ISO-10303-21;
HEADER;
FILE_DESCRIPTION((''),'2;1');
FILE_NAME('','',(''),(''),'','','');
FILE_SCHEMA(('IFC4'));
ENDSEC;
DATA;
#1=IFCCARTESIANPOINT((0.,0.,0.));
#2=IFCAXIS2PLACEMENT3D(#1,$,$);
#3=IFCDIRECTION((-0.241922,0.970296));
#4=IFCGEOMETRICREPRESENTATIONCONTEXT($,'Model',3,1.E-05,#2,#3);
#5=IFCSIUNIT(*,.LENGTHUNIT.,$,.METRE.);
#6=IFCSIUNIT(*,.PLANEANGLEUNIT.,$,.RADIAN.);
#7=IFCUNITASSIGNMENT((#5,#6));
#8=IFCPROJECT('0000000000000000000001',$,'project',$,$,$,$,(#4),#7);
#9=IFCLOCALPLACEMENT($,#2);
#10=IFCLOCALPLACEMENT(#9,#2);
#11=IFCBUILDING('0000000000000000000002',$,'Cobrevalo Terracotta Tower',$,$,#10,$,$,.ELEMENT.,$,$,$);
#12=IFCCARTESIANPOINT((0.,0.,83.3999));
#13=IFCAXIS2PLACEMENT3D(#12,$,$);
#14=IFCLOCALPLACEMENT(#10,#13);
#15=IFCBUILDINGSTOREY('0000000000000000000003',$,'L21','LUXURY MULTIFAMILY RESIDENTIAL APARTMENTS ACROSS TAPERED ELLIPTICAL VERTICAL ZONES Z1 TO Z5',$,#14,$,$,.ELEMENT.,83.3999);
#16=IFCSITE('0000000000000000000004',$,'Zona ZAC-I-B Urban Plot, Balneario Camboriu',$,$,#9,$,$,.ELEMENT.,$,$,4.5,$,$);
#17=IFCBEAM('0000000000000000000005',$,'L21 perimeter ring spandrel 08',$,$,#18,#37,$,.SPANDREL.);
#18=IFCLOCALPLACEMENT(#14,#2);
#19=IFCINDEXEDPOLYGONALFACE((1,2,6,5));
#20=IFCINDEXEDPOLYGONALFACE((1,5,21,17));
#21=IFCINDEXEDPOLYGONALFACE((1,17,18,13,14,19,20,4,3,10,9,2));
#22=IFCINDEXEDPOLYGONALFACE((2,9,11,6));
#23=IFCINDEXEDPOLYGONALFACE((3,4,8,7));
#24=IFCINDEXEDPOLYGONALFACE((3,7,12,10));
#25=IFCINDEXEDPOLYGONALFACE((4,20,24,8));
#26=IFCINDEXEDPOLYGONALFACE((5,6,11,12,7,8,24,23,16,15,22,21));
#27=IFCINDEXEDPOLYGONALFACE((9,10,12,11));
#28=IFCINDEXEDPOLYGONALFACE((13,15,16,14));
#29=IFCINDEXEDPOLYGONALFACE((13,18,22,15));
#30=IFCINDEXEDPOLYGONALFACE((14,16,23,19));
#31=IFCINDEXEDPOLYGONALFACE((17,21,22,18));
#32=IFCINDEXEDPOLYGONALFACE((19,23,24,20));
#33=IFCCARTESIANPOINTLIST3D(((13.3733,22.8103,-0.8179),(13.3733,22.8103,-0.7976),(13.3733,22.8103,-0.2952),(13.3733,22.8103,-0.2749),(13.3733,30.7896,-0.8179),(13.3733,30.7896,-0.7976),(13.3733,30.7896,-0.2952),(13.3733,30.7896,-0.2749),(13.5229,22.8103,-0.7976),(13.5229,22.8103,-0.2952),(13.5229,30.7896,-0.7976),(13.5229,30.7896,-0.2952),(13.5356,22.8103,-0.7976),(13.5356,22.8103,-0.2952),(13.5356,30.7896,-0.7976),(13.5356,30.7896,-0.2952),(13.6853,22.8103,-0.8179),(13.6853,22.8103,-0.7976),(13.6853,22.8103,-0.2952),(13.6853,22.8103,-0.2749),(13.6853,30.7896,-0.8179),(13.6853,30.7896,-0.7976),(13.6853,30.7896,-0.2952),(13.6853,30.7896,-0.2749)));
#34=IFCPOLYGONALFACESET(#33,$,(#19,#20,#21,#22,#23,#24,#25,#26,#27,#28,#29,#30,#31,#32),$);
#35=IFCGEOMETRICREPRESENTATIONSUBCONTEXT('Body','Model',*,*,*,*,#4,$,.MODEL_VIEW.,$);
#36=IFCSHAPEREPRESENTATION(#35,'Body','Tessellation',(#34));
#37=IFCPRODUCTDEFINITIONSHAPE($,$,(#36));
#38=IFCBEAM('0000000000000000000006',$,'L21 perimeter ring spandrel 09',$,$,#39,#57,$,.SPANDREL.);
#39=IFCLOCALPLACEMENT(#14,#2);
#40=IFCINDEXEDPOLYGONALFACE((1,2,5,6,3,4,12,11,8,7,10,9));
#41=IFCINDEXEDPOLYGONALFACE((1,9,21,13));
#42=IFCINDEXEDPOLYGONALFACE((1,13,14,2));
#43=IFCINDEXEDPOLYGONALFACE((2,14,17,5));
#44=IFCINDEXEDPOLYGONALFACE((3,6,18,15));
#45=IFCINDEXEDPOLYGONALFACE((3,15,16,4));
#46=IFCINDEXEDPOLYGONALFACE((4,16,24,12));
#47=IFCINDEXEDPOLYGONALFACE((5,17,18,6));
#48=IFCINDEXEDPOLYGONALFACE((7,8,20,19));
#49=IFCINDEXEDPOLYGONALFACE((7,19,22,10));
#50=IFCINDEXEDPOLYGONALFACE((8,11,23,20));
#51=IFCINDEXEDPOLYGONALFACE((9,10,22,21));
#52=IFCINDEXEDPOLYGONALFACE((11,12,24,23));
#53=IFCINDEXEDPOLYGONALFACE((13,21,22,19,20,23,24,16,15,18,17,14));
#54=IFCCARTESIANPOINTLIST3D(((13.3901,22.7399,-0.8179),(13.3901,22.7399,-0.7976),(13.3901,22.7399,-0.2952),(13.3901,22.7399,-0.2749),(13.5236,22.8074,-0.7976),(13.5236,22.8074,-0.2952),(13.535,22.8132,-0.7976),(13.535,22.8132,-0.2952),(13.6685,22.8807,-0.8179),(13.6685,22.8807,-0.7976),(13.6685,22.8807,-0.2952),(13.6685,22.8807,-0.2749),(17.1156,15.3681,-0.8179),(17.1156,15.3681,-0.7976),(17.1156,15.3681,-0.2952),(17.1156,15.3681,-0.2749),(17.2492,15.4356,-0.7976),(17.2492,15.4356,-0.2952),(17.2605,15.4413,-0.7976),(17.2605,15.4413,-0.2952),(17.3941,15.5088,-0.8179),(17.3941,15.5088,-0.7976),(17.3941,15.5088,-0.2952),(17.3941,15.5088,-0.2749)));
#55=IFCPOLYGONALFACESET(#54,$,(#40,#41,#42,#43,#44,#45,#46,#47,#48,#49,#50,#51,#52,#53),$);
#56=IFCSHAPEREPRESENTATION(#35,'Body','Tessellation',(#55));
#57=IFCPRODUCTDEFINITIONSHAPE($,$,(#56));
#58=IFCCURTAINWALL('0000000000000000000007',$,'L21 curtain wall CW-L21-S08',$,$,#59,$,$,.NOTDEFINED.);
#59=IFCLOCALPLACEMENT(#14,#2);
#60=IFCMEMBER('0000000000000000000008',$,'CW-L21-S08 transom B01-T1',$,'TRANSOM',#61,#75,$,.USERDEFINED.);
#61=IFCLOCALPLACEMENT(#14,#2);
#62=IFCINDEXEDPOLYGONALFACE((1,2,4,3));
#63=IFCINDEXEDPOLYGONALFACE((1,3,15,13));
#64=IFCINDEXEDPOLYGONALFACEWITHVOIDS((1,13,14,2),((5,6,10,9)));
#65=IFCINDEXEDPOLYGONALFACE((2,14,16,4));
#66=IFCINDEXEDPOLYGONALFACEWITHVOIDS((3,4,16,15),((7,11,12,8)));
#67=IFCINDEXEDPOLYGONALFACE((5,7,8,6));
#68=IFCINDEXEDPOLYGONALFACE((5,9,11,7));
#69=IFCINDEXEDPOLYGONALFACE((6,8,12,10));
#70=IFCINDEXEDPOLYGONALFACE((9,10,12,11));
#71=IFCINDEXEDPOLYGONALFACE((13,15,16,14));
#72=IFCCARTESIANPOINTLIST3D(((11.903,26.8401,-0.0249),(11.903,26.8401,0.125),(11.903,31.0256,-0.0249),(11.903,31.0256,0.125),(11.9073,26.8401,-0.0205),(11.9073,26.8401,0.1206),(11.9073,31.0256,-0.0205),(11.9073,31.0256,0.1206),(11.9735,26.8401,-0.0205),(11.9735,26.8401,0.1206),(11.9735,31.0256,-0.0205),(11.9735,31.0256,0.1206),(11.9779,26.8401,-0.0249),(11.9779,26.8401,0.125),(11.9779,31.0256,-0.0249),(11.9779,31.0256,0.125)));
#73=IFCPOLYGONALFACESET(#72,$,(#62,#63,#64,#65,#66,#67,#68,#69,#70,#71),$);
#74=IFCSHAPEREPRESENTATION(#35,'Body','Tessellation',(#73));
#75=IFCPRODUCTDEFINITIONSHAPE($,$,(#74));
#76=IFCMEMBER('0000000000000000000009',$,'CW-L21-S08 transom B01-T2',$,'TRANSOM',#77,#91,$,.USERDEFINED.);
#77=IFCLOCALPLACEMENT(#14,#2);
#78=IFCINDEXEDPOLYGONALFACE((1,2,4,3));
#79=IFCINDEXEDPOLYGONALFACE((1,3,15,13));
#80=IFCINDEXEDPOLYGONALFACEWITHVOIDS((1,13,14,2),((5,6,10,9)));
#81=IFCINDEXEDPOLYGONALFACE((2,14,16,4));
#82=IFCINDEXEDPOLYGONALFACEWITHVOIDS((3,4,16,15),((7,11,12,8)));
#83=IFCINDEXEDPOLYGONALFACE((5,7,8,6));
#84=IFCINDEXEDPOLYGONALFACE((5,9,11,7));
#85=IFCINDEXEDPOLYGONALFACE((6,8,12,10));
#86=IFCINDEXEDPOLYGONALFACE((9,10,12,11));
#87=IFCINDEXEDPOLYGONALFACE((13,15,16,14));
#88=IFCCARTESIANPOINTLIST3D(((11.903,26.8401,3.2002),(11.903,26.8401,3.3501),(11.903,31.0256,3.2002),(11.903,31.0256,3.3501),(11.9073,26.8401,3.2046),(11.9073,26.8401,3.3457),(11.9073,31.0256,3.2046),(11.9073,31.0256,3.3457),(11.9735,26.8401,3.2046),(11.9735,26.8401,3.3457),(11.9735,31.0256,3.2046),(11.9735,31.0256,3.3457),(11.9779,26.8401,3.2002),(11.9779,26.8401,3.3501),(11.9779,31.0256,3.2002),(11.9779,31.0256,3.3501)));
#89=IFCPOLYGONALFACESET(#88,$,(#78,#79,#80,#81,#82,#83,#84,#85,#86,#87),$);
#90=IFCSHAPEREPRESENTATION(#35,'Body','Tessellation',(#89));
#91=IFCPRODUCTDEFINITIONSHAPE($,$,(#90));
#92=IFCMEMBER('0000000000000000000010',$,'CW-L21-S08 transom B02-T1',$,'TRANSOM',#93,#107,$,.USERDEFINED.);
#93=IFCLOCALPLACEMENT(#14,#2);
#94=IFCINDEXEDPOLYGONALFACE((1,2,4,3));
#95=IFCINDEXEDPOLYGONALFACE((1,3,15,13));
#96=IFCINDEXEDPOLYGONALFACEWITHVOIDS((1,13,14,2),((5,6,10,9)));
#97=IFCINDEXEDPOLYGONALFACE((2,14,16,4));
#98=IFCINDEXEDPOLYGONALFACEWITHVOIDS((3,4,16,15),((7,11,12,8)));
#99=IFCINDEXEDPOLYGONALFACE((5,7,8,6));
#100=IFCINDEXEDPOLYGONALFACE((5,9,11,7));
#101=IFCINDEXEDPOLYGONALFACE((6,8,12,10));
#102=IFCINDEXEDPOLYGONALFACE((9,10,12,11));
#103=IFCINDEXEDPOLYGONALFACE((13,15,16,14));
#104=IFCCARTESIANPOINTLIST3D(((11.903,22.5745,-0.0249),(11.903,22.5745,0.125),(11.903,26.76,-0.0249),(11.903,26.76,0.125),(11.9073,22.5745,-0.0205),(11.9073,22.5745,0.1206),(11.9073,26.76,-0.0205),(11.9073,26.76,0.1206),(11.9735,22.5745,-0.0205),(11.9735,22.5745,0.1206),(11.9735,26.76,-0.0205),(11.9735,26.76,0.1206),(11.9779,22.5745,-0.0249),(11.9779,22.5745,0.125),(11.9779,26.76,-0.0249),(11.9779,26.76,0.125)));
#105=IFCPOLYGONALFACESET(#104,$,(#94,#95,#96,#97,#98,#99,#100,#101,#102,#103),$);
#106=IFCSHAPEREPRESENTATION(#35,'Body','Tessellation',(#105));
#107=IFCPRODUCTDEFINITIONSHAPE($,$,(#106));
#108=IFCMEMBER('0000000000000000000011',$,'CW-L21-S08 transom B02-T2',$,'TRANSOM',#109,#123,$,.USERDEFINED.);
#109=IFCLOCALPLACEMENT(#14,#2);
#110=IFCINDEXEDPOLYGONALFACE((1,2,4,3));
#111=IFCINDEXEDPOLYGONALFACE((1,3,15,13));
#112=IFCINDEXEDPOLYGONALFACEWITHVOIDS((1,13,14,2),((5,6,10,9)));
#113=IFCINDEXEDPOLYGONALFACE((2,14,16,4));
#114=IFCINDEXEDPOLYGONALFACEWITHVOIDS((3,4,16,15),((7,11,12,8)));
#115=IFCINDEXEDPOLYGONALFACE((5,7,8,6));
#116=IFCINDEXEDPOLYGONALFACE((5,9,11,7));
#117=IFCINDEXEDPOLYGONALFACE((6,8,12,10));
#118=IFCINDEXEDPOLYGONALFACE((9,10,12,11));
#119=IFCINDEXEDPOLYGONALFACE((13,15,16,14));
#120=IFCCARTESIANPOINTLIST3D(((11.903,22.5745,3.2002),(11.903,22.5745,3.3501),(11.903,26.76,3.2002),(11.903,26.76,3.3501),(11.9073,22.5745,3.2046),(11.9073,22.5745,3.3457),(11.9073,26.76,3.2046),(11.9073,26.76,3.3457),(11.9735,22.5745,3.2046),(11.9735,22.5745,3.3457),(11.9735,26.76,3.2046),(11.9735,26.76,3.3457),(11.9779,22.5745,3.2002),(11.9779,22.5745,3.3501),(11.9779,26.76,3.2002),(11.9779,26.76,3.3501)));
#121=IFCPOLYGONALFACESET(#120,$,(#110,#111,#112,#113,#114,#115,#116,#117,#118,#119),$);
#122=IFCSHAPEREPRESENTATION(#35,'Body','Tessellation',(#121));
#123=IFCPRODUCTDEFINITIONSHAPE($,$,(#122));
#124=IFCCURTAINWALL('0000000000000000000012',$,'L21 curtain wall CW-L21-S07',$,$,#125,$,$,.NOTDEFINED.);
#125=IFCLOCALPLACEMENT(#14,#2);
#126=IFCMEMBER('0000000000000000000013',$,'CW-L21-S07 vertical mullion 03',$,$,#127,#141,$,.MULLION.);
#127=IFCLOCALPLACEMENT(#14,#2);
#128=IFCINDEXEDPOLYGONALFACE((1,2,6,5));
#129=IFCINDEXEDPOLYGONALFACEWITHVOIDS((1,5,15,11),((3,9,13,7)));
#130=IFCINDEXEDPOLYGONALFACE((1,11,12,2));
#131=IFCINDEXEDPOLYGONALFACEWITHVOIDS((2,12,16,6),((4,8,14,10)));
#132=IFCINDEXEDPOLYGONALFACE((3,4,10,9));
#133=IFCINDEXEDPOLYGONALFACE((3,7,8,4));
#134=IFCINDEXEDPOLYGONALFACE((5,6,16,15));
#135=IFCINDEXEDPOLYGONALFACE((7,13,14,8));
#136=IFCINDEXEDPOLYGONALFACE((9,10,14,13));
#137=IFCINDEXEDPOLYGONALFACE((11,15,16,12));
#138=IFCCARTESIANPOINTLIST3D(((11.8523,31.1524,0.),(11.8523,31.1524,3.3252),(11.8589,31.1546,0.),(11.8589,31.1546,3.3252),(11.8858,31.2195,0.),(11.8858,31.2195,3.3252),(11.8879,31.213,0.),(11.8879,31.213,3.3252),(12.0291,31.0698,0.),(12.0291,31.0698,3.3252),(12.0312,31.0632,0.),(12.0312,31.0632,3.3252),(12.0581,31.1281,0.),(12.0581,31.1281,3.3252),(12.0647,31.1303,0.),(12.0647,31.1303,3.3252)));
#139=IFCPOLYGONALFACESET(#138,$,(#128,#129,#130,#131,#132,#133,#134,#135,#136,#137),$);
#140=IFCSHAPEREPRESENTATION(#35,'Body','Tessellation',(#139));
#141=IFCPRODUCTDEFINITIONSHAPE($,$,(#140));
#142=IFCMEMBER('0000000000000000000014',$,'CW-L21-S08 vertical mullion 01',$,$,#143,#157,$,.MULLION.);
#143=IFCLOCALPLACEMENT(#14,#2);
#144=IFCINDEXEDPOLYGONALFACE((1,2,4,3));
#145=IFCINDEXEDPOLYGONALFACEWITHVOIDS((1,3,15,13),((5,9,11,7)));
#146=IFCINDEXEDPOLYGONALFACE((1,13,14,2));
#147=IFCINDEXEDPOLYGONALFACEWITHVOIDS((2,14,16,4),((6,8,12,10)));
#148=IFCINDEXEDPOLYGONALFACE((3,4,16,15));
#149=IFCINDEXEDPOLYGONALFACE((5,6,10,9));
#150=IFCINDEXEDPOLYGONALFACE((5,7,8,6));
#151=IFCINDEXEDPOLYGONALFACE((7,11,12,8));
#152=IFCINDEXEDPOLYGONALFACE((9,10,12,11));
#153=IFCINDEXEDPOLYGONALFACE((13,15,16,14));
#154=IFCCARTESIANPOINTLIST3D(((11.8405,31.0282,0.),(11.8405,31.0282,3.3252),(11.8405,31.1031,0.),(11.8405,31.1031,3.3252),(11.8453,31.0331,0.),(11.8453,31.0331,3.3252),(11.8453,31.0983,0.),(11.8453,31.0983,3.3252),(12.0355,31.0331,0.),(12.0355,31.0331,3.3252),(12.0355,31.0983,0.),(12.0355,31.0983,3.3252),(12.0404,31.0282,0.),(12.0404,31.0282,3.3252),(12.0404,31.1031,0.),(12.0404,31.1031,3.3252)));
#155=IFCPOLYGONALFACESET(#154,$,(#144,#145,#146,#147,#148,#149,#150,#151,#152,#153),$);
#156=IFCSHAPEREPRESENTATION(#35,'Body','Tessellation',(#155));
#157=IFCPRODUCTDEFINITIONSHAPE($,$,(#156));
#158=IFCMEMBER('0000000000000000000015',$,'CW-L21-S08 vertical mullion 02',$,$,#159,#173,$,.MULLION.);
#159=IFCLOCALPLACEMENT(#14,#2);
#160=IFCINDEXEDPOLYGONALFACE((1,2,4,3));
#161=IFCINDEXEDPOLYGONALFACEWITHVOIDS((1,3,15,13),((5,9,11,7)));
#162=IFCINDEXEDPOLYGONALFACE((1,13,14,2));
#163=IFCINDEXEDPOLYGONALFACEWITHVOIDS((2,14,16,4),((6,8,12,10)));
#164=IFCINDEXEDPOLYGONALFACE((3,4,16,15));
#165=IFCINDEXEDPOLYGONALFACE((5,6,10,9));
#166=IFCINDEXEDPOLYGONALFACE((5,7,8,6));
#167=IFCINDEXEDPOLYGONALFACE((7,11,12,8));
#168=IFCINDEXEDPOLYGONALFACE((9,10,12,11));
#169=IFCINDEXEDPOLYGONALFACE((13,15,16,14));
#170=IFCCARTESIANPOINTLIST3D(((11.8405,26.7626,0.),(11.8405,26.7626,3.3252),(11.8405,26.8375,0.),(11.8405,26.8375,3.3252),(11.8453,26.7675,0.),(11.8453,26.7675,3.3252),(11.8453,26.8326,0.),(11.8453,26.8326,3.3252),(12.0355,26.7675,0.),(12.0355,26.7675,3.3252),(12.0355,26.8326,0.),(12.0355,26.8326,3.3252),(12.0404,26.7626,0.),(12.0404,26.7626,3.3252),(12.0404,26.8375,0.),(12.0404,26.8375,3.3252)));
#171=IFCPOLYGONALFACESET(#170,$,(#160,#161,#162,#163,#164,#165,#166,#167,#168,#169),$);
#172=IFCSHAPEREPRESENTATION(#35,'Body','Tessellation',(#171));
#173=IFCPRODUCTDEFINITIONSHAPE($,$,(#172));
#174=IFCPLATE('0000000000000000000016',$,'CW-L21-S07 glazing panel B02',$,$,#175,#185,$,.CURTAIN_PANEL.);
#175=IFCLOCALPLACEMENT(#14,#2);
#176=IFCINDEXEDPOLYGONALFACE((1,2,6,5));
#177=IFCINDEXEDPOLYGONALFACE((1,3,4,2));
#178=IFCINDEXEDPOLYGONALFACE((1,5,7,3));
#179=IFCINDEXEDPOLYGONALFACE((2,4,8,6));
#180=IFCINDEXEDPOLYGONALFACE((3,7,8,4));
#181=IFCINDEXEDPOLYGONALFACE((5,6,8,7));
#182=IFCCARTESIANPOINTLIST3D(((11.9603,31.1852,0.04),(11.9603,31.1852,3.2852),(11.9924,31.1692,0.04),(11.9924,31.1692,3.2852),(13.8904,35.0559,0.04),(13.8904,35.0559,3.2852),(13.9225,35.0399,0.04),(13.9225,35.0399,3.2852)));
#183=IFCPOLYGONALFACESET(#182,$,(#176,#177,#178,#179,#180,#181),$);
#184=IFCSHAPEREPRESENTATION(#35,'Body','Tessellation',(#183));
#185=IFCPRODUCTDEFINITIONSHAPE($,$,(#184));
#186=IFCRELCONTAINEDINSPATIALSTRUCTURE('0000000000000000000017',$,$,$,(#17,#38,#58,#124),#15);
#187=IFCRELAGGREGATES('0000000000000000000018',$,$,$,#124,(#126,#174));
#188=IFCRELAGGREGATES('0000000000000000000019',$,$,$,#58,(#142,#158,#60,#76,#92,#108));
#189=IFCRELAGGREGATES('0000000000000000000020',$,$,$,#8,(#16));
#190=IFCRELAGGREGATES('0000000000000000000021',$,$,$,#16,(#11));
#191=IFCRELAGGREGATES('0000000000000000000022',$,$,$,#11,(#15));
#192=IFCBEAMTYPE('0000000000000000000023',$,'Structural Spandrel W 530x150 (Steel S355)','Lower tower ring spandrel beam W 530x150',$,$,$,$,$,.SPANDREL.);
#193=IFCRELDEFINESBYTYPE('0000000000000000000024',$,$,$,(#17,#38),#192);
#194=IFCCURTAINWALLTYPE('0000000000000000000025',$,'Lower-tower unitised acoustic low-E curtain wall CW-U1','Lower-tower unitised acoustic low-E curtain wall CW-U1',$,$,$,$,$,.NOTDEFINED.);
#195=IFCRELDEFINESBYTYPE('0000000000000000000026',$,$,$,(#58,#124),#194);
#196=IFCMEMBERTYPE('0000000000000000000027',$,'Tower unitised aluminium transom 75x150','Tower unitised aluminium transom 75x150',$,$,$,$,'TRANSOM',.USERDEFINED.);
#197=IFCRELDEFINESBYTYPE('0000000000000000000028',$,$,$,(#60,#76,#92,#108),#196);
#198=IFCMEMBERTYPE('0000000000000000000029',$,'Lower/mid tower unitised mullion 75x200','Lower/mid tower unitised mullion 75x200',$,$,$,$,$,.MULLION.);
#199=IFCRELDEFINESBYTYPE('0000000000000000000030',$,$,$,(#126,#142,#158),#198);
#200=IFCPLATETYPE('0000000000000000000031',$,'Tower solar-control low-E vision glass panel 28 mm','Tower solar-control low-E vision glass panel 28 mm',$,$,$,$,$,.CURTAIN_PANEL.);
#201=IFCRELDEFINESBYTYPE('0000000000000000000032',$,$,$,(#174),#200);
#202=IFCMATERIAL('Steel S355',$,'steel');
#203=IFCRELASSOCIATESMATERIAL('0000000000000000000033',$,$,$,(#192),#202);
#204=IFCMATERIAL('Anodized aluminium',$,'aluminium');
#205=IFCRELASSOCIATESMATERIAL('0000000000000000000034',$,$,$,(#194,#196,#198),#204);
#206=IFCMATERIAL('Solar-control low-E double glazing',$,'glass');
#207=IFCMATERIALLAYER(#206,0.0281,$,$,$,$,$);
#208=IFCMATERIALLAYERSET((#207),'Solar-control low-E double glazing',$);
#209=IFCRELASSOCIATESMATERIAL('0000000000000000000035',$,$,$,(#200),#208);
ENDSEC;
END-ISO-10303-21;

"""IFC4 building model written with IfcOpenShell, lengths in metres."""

from ifc_helpers import new_model, si_unit, direction, frame, origin, origin_2d, place, context, subcontext, project, spatial, rectangle, hollow_rectangle, i_section, extrude, source, transform, mapped, material, layer, layer_set, material_profile, profile_set, type_object, element, aggregate, save


model = new_model("IFC4")

# Units and contexts
model_context = context("Model", 3, precision=1e-05, world=origin(), true_north=direction((-0.241922, 0.970296)))
body_context = subcontext(model_context, "Body", "Model", "MODEL_VIEW")
ifc_project = project(units=[si_unit("LENGTHUNIT", "METRE"), si_unit("PLANEANGLEUNIT", "RADIAN")], contexts=[model_context])

# Site, building, storey
site_placement = place(None, origin())
site = spatial("IfcSite", under=ifc_project, at=site_placement, Name="Zona ZAC-I-B Urban Plot, Balneario Camboriu", CompositionType="ELEMENT", RefElevation=4.5)
building_placement = place(site_placement, origin())
building = spatial("IfcBuilding", under=site, at=building_placement, Name="Cobrevalo Terracotta Tower", CompositionType="ELEMENT")
storey_placement = place(building_placement, frame((0.0, 0.0, 83.3999)))
storey = spatial("IfcBuildingStorey", under=building, at=storey_placement, Name="L21", Description="LUXURY MULTIFAMILY RESIDENTIAL APARTMENTS ACROSS TAPERED ELLIPTICAL VERTICAL ZONES Z1 TO Z5", CompositionType="ELEMENT", Elevation=83.3999)

# Shared definitions
ifc_material_1 = material(Name="Steel S355", Category="steel")

# Beams
ifc_material_profile_1 = material_profile(ifc_material_1, i_section(OverallWidth=0.312, OverallDepth=0.543, WebThickness=0.0127, FlangeThickness=0.0203, at=origin_2d()), Name="W 530x150")
ifc_profile_set_1 = profile_set([ifc_material_profile_1], Name="Steel S355")
beam_type_1 = type_object("IfcBeamType", Name="Structural Spandrel W 530x150 (Steel S355)", Description="Lower tower ring spandrel beam W 530x150", PredefinedType="SPANDREL", material=ifc_profile_set_1)
beam_1_placement = place(storey_placement, frame((13.5293, 30.7896, -0.5464), z_axis=(0.0, -1.0, 0.0), x_axis=(1.0, 0.0, 0.0)))
element("IfcBeam", 1, at=beam_1_placement, inside=storey, type_object=beam_type_1, Name="L21 perimeter ring spandrel 08", PredefinedType="SPANDREL", context=body_context, shape_type="SweptSolid", body=[
    extrude(i_section(OverallWidth=0.312, OverallDepth=0.543, WebThickness=0.0127, FlangeThickness=0.0203, at=origin_2d()), origin(), (0.0, 0.0, 1.0), 7.9792),
])
beam_2_placement = place(storey_placement, frame((13.5293, 22.8103, -0.5464), z_axis=(0.451052, -0.892498, 0.0), x_axis=(0.892498, 0.451052, 0.0)))
element("IfcBeam", 2, at=beam_2_placement, inside=storey, type_object=beam_type_1, Name="L21 perimeter ring spandrel 09", PredefinedType="SPANDREL", context=body_context, shape_type="SweptSolid", body=[
    extrude(i_section(OverallWidth=0.312, OverallDepth=0.543, WebThickness=0.0127, FlangeThickness=0.0203, at=origin_2d()), origin(), (0.0, 0.0, 1.0), 8.2598),
])

# Curtain wall, members
ifc_material_2 = material(Name="Anodized aluminium", Category="aluminium")
curtain_wall_type = type_object("IfcCurtainWallType", Name="Lower-tower unitised acoustic low-E curtain wall CW-U1", Description="Lower-tower unitised acoustic low-E curtain wall CW-U1", PredefinedType="NOTDEFINED", material=ifc_material_2)
curtain_wall_1_placement = place(storey_placement, origin())
curtain_wall_1 = element("IfcCurtainWall", 3, at=curtain_wall_1_placement, inside=storey, type_object=curtain_wall_type, Name="L21 curtain wall CW-L21-S08", PredefinedType="NOTDEFINED")
ifc_material_profile_2 = material_profile(ifc_material_2, hollow_rectangle(XDim=0.075, YDim=0.1499, WallThickness=0.0044, at=origin_2d()), Name="CWT 75x150")
ifc_profile_set_2 = profile_set([ifc_material_profile_2], Name="Anodized aluminium")
member_type_1 = type_object("IfcMemberType", Name="Tower unitised aluminium transom 75x150", Description="Tower unitised aluminium transom 75x150", ElementType="TRANSOM", PredefinedType="USERDEFINED", material=ifc_profile_set_2)
shared_shape_1 = source(origin(), body_context, "Body", "SweptSolid", [
    extrude(hollow_rectangle(XDim=0.075, YDim=0.1499, WallThickness=0.0044, at=origin_2d()), origin(), (0.0, 0.0, 1.0), 4.1855),
])
member_1_placement = place(storey_placement, frame((11.9404, 31.0256, 0.05), z_axis=(0.0, -1.0, 0.0), x_axis=(1.0, 0.0, 0.0)))
member_1 = element("IfcMember", 4, at=member_1_placement, type_object=member_type_1, Name="CW-L21-S08 transom B01-T1", ObjectType="TRANSOM", PredefinedType="USERDEFINED", context=body_context, shape_type="MappedRepresentation", body=[
    mapped(shared_shape_1, transform((0.0, 0.0, 0.0), scale=1.0)),
])
member_2_placement = place(storey_placement, frame((11.9404, 31.0256, 3.2751), z_axis=(0.0, -1.0, 0.0), x_axis=(1.0, 0.0, 0.0)))
member_2 = element("IfcMember", 5, at=member_2_placement, type_object=member_type_1, Name="CW-L21-S08 transom B01-T2", ObjectType="TRANSOM", PredefinedType="USERDEFINED", context=body_context, shape_type="MappedRepresentation", body=[
    mapped(shared_shape_1, transform((0.0, 0.0, 0.0), scale=1.0)),
])
member_3_placement = place(storey_placement, frame((11.9404, 26.76, 0.05), z_axis=(0.0, -1.0, 0.0), x_axis=(1.0, 0.0, 0.0)))
member_3 = element("IfcMember", 6, at=member_3_placement, type_object=member_type_1, Name="CW-L21-S08 transom B02-T1", ObjectType="TRANSOM", PredefinedType="USERDEFINED", context=body_context, shape_type="MappedRepresentation", body=[
    mapped(shared_shape_1, transform((0.0, 0.0, 0.0), scale=1.0)),
])
member_4_placement = place(storey_placement, frame((11.9404, 26.76, 3.2751), z_axis=(0.0, -1.0, 0.0), x_axis=(1.0, 0.0, 0.0)))
member_4 = element("IfcMember", 7, at=member_4_placement, type_object=member_type_1, Name="CW-L21-S08 transom B02-T2", ObjectType="TRANSOM", PredefinedType="USERDEFINED", context=body_context, shape_type="MappedRepresentation", body=[
    mapped(shared_shape_1, transform((0.0, 0.0, 0.0), scale=1.0)),
])

# Curtain wall, member
curtain_wall_2_placement = place(storey_placement, origin())
curtain_wall_2 = element("IfcCurtainWall", 8, at=curtain_wall_2_placement, inside=storey, type_object=curtain_wall_type, Name="L21 curtain wall CW-L21-S07", PredefinedType="NOTDEFINED")
ifc_material_profile_3 = material_profile(ifc_material_2, hollow_rectangle(XDim=0.075, YDim=0.2, WallThickness=0.0049, at=origin_2d()), Name="CWM 75x200")
ifc_profile_set_3 = profile_set([ifc_material_profile_3], Name="Anodized aluminium")
member_type_2 = type_object("IfcMemberType", Name="Lower/mid tower unitised mullion 75x200", Description="Lower/mid tower unitised mullion 75x200", PredefinedType="MULLION", material=ifc_profile_set_3)
shared_shape_2 = source(origin(), body_context, "Body", "SweptSolid", [
    extrude(hollow_rectangle(XDim=0.075, YDim=0.2, WallThickness=0.0049, at=origin_2d()), origin(), (0.0, 0.0, 1.0), 3.3252),
])
member_5_placement = place(storey_placement, frame((11.9585, 31.1414, 0.0), z_axis=(0.0, 0.0, 1.0), x_axis=(-0.44626, -0.894903, 0.0)))
member_5 = element("IfcMember", 9, at=member_5_placement, type_object=member_type_2, Name="CW-L21-S07 vertical mullion 03", PredefinedType="MULLION", context=body_context, shape_type="MappedRepresentation", body=[
    mapped(shared_shape_2, transform((0.0, 0.0, 0.0), scale=1.0)),
])

# Members
member_6_placement = place(storey_placement, frame((11.9404, 31.0657, 0.0), z_axis=(0.0, 0.0, 1.0), x_axis=(0.0, -1.0, 0.0)))
member_6 = element("IfcMember", 10, at=member_6_placement, type_object=member_type_2, Name="CW-L21-S08 vertical mullion 01", PredefinedType="MULLION", context=body_context, shape_type="MappedRepresentation", body=[
    mapped(shared_shape_2, transform((0.0, 0.0, 0.0), scale=1.0)),
])
member_7_placement = place(storey_placement, frame((11.9404, 26.8, 0.0), z_axis=(0.0, 0.0, 1.0), x_axis=(0.0, -1.0, 0.0)))
member_7 = element("IfcMember", 11, at=member_7_placement, type_object=member_type_2, Name="CW-L21-S08 vertical mullion 02", PredefinedType="MULLION", context=body_context, shape_type="MappedRepresentation", body=[
    mapped(shared_shape_2, transform((0.0, 0.0, 0.0), scale=1.0)),
])

# Plate
ifc_material_3 = material(Name="Solar-control low-E double glazing", Category="glass")
ifc_layer_1 = layer(ifc_material_3, 0.0281)
ifc_layer_set_1 = layer_set([ifc_layer_1], Name="Solar-control low-E double glazing")
plate_type = type_object("IfcPlateType", Name="Tower solar-control low-E vision glass panel 28 mm", Description="Tower solar-control low-E vision glass panel 28 mm", PredefinedType="CURTAIN_PANEL", material=ifc_layer_set_1)
shared_shape_3 = source(origin(), body_context, "Body", "SweptSolid", [
    extrude(rectangle(XDim=4.3252, YDim=0.0359, at=origin_2d()), origin(), (0.0, 0.0, 1.0), 3.2451),
])
plate_1_placement = place(storey_placement, frame((12.9414, 33.1125, 0.04), z_axis=(0.0, 0.0, 1.0), x_axis=(-0.446262, -0.894902, 0.0)))
plate_1 = element("IfcPlate", 12, at=plate_1_placement, type_object=plate_type, Name="CW-L21-S07 glazing panel B02", PredefinedType="CURTAIN_PANEL", context=body_context, shape_type="MappedRepresentation", body=[
    mapped(shared_shape_3, transform((0.0, 0.0, 0.0), scale=1.0)),
])
aggregate(curtain_wall_2, [member_5, plate_1])
aggregate(curtain_wall_1, [member_6, member_7, member_1, member_2, member_3, member_4])

save(model, "model.ifc")
